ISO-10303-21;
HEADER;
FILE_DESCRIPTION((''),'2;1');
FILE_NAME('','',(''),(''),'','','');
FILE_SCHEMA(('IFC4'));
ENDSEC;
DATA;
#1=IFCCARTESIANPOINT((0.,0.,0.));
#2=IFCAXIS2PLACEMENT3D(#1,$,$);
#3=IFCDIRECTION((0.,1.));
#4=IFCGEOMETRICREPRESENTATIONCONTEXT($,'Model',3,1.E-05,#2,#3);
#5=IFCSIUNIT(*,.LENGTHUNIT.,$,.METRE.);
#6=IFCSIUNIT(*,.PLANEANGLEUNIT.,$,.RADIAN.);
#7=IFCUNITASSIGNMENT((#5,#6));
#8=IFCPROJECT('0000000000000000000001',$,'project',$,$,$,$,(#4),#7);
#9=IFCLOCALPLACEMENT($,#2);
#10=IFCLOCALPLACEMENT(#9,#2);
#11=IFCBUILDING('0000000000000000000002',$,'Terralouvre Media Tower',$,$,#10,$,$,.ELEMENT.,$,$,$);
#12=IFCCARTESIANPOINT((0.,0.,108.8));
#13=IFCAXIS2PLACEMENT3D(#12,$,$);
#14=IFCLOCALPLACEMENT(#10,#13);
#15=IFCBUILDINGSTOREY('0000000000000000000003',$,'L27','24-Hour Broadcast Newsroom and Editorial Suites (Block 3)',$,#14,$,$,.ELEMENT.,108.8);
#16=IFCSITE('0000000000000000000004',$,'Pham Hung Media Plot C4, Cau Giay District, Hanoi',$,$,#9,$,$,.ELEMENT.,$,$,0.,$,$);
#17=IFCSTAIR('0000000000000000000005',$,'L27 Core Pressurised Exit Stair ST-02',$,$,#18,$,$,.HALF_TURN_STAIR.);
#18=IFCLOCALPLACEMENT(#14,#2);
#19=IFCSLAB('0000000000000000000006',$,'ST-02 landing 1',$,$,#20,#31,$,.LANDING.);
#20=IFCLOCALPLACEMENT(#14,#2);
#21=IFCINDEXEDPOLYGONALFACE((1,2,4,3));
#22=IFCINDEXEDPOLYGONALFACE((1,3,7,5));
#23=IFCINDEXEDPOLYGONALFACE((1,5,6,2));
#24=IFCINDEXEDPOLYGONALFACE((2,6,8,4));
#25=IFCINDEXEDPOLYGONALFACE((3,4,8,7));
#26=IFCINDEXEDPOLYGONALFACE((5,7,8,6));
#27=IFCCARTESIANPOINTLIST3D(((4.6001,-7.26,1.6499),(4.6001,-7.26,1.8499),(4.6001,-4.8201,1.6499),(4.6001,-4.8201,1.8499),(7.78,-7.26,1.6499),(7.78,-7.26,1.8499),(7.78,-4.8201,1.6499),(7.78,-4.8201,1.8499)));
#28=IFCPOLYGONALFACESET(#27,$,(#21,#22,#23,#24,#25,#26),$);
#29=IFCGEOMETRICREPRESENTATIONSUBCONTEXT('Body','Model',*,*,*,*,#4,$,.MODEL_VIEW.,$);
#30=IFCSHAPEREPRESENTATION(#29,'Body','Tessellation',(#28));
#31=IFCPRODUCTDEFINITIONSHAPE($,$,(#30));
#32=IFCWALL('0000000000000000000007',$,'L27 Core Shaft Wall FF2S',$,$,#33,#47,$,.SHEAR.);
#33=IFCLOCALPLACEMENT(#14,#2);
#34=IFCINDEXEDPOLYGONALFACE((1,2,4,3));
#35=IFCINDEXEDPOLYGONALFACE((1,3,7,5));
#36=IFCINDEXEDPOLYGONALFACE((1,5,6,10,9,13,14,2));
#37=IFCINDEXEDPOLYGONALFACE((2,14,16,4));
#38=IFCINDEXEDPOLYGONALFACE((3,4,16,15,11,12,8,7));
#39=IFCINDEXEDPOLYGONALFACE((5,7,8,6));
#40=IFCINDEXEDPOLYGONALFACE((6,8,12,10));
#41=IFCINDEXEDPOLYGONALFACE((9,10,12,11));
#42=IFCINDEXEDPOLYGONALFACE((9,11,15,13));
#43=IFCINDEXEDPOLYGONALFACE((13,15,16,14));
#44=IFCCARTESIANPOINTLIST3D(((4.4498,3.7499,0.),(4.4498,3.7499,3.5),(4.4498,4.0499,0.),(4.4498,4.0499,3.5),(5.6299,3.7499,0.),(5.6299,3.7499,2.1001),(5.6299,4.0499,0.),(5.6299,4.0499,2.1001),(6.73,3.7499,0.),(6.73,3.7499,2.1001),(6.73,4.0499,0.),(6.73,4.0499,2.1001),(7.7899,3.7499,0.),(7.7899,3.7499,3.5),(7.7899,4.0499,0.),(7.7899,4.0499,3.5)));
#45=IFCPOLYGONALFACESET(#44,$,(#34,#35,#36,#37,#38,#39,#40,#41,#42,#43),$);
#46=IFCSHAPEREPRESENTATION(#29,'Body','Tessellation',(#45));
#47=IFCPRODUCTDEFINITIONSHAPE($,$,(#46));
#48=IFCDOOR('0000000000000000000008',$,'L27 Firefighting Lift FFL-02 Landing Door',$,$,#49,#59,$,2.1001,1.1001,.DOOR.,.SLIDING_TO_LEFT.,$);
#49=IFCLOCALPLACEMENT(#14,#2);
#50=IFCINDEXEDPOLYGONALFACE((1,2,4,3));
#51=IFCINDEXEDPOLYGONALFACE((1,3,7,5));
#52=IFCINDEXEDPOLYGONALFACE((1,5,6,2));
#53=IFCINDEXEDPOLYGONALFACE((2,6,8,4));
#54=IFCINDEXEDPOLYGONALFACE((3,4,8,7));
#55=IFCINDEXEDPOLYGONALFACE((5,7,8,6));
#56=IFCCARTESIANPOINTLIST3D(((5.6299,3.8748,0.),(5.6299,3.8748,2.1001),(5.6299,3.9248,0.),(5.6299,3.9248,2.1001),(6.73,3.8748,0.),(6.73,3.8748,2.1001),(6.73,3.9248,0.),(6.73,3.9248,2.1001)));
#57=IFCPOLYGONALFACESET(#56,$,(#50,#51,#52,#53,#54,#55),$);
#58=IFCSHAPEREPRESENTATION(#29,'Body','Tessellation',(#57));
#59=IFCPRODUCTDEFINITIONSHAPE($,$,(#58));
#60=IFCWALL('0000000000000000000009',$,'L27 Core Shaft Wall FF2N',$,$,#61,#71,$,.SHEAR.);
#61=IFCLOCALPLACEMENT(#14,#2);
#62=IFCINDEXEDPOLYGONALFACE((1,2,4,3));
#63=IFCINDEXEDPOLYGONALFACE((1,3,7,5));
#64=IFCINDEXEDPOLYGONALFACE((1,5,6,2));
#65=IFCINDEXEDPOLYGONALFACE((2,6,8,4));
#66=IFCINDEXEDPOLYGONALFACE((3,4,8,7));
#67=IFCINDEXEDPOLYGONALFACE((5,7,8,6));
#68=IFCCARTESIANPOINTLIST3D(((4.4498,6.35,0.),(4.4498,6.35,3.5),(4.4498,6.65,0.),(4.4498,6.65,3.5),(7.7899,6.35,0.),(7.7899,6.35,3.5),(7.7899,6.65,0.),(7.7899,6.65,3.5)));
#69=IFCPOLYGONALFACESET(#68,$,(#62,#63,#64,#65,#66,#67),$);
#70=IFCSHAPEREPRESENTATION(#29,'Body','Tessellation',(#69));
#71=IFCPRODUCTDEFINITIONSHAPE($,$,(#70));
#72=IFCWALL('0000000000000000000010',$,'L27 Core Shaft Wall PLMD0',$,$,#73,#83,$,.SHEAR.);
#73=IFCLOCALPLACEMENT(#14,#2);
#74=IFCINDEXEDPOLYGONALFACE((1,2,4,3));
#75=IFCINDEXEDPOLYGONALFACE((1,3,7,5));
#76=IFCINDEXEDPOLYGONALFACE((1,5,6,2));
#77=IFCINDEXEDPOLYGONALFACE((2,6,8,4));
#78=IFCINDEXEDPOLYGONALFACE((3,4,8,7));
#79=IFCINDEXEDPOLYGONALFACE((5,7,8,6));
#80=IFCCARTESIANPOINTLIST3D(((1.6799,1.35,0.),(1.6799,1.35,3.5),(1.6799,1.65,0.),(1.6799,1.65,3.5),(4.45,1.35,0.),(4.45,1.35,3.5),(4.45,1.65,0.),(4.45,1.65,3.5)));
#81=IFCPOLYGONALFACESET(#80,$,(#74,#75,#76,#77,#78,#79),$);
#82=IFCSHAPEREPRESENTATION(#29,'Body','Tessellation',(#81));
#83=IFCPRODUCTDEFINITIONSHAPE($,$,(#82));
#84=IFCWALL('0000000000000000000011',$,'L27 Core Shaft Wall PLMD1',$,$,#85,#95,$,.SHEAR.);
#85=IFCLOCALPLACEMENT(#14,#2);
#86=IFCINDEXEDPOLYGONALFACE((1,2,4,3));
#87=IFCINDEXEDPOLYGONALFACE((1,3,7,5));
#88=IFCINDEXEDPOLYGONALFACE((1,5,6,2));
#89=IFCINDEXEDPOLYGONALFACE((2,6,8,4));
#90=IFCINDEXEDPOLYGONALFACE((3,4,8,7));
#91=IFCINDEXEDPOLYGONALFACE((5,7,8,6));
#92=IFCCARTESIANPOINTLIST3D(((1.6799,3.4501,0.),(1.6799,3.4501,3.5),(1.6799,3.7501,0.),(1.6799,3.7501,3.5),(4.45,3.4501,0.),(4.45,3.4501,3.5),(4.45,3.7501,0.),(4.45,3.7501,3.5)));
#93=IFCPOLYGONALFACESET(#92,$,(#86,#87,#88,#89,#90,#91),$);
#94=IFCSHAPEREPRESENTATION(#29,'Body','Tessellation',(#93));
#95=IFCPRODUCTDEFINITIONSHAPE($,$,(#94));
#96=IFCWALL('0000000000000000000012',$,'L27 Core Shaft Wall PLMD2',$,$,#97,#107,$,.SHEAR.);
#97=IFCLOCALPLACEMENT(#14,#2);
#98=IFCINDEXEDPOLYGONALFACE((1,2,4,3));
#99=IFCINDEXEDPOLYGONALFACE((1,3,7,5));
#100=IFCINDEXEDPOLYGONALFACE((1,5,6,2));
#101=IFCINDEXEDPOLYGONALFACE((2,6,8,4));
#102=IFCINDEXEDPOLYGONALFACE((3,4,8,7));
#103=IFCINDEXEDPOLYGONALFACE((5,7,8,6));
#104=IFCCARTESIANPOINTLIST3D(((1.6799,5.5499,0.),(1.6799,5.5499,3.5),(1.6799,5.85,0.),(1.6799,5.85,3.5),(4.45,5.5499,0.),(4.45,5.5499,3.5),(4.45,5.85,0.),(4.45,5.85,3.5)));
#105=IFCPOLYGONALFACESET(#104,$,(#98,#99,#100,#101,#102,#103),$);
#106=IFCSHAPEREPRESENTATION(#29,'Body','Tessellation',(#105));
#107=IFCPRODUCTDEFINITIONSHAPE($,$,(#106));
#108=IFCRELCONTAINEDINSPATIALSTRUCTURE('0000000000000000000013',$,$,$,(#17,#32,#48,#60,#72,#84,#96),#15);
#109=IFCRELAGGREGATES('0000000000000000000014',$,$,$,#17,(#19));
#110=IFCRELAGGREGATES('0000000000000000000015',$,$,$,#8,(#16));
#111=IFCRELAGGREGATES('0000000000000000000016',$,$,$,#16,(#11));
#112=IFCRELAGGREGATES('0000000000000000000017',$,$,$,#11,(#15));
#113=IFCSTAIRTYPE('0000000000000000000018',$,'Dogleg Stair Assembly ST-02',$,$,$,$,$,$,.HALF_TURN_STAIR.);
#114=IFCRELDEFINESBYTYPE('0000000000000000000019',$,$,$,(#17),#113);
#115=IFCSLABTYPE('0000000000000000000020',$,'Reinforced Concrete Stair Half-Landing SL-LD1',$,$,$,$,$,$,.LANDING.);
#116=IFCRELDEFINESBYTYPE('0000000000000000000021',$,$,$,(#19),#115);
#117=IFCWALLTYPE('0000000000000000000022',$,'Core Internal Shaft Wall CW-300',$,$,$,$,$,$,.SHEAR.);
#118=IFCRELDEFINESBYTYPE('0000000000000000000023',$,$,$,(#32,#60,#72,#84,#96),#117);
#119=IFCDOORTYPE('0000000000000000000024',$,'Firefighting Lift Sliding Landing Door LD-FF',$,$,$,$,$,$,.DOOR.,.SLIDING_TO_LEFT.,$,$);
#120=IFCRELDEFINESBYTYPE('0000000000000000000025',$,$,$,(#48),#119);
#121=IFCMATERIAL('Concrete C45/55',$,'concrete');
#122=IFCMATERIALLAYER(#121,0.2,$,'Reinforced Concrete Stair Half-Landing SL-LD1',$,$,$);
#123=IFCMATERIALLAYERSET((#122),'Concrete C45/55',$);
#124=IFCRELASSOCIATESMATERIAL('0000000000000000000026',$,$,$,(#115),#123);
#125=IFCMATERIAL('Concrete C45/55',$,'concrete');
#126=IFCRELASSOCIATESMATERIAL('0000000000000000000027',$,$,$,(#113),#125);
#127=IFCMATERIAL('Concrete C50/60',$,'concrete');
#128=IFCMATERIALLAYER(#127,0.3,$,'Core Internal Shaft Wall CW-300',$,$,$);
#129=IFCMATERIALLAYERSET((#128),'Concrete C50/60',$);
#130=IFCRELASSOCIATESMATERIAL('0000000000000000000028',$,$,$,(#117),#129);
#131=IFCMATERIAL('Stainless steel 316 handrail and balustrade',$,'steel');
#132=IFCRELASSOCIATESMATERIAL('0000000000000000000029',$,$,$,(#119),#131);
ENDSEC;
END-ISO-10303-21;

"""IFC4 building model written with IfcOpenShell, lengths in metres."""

from ifc_helpers import new_model, si_unit, direction, frame, frame_2d, origin, place, context, subcontext, project, spatial, polyline, rectangle, outline, extrude, material, layer, layer_set, type_object, element, fill, aggregate, save


model = new_model("IFC4")

# Units and contexts
model_context = context("Model", 3, precision=1e-05, world=origin(), true_north=direction((0.0, 1.0)))
body_context = subcontext(model_context, "Body", "Model", "MODEL_VIEW")
ifc_project = project(units=[si_unit("LENGTHUNIT", "METRE"), si_unit("PLANEANGLEUNIT", "RADIAN")], contexts=[model_context])

# Site, building, storey
site_placement = place(None, origin())
site = spatial("IfcSite", under=ifc_project, at=site_placement, Name="Pham Hung Media Plot C4, Cau Giay District, Hanoi", CompositionType="ELEMENT", RefElevation=0.0)
building_placement = place(site_placement, origin())
building = spatial("IfcBuilding", under=site, at=building_placement, Name="Terralouvre Media Tower", CompositionType="ELEMENT")
storey_placement = place(building_placement, frame((0.0, 0.0, 108.8)))
storey = spatial("IfcBuildingStorey", under=building, at=storey_placement, Name="L27", Description="24-Hour Broadcast Newsroom and Editorial Suites (Block 3)", CompositionType="ELEMENT", Elevation=108.8)

# Stair, slab
ifc_material_1 = material(Name="Concrete C45/55", Category="concrete")
ifc_layer_1 = layer(ifc_material_1, 0.2, Name="Reinforced Concrete Stair Half-Landing SL-LD1")
ifc_layer_set_1 = layer_set([ifc_layer_1], Name="Concrete C45/55")
slab_type = type_object("IfcSlabType", Name="Reinforced Concrete Stair Half-Landing SL-LD1", PredefinedType="LANDING", material=ifc_layer_set_1)
ifc_material_2 = material(Name="Concrete C45/55", Category="concrete")
stair_type_1 = type_object("IfcStairType", Name="Dogleg Stair Assembly ST-02", PredefinedType="HALF_TURN_STAIR", material=ifc_material_2)
stair_1_placement = place(storey_placement, origin())
stair_1 = element("IfcStair", 1, at=stair_1_placement, inside=storey, type_object=stair_type_1, Name="L27 Core Pressurised Exit Stair ST-02", PredefinedType="HALF_TURN_STAIR")
slab_1_placement = place(storey_placement, frame((0.0, 0.0, 1.6499)))
slab_1 = element("IfcSlab", 2, at=slab_1_placement, type_object=slab_type, Name="ST-02 landing 1", PredefinedType="LANDING", context=body_context, shape_type="SweptSolid", body=[
    extrude(outline(polyline([(4.6001, -4.8201), (4.6001, -7.26), (7.78, -7.26), (7.78, -4.8201), (4.6001, -4.8201)])), origin(), (0.0, 0.0, 1.0), 0.2),
])
aggregate(stair_1, [slab_1])

# Wall, opening, door
ifc_material_3 = material(Name="Concrete C50/60", Category="concrete")
ifc_layer_2 = layer(ifc_material_3, 0.3, Name="Core Internal Shaft Wall CW-300")
ifc_layer_set_2 = layer_set([ifc_layer_2], Name="Concrete C50/60")
wall_type = type_object("IfcWallType", Name="Core Internal Shaft Wall CW-300", PredefinedType="SHEAR", material=ifc_layer_set_2)
wall_1_placement = place(storey_placement, frame((4.45, 3.8999, 0.0), z_axis=(0.0, 0.0, 1.0), x_axis=(1.0, 0.0, 0.0)))
wall_1 = element("IfcWall", 3, at=wall_1_placement, inside=storey, type_object=wall_type, Name="L27 Core Shaft Wall FF2S", PredefinedType="SHEAR", context=body_context, shape_type="SweptSolid", body=[
    extrude(rectangle(XDim=3.3401, YDim=0.3, at=frame_2d((1.6699, 0.0))), origin(), (0.0, 0.0, 1.0), 3.5),
])
opening_placement = place(wall_1_placement, frame((1.1799, 0.0, 0.0)))
opening = element("IfcOpeningElement", 4, at=opening_placement, cuts=wall_1, PredefinedType="OPENING", context=body_context, shape_type="SweptSolid", body=[
    extrude(rectangle(XDim=1.1001, YDim=2.1001, at=frame_2d((0.55, 1.05))), frame((0.0, 0.1599, 0.0), z_axis=(0.0, -1.0, 0.0), x_axis=(1.0, 0.0, 0.0)), (0.0, 0.0, 1.0), 0.3201),
])
ifc_material_4 = material(Name="Stainless steel 316 handrail and balustrade", Category="steel")
door_type = type_object("IfcDoorType", Name="Firefighting Lift Sliding Landing Door LD-FF", OperationType="SLIDING_TO_LEFT", PredefinedType="DOOR", material=ifc_material_4)
door_placement = place(opening_placement, origin())
door = element("IfcDoor", 5, at=door_placement, inside=storey, type_object=door_type, Name="L27 Firefighting Lift FFL-02 Landing Door", OperationType="SLIDING_TO_LEFT", OverallHeight=2.1001, OverallWidth=1.1001, PredefinedType="DOOR", context=body_context, shape_type="SweptSolid", body=[
    extrude(rectangle(XDim=1.1001, YDim=2.1001, at=frame_2d((0.55, 1.05))), frame((0.0, 0.0249, 0.0), z_axis=(0.0, -1.0, 0.0), x_axis=(1.0, 0.0, 0.0)), (0.0, 0.0, 1.0), 0.05),
])
fill(opening, door)

# Walls
wall_2_placement = place(storey_placement, frame((4.45, 6.5, 0.0), z_axis=(0.0, 0.0, 1.0), x_axis=(1.0, 0.0, 0.0)))
element("IfcWall", 6, at=wall_2_placement, inside=storey, type_object=wall_type, Name="L27 Core Shaft Wall FF2N", PredefinedType="SHEAR", context=body_context, shape_type="SweptSolid", body=[
    extrude(rectangle(XDim=3.3401, YDim=0.3, at=frame_2d((1.6699, 0.0))), origin(), (0.0, 0.0, 1.0), 3.5),
])
for number, where, z_axis, x_axis, name in (
    (7, (1.6799, 1.5, 0.0), (0.0, 0.0, 1.0), (1.0, 0.0, 0.0), "L27 Core Shaft Wall PLMD0"),
    (8, (1.6799, 3.6001, 0.0), (0.0, 0.0, 1.0), (1.0, 0.0, 0.0), "L27 Core Shaft Wall PLMD1"),
    (9, (1.6799, 5.7, 0.0), (0.0, 0.0, 1.0), (1.0, 0.0, 0.0), "L27 Core Shaft Wall PLMD2"),
):
    element("IfcWall", number, at=place(storey_placement, frame(where, z_axis=z_axis, x_axis=x_axis)), inside=storey, type_object=wall_type, Name=name, PredefinedType="SHEAR", context=body_context, shape_type="SweptSolid", body=[
        extrude(rectangle(XDim=2.77, YDim=0.3, at=frame_2d((1.385, 0.0))), origin(), (0.0, 0.0, 1.0), 3.5),
    ])

save(model, "model.ifc")
